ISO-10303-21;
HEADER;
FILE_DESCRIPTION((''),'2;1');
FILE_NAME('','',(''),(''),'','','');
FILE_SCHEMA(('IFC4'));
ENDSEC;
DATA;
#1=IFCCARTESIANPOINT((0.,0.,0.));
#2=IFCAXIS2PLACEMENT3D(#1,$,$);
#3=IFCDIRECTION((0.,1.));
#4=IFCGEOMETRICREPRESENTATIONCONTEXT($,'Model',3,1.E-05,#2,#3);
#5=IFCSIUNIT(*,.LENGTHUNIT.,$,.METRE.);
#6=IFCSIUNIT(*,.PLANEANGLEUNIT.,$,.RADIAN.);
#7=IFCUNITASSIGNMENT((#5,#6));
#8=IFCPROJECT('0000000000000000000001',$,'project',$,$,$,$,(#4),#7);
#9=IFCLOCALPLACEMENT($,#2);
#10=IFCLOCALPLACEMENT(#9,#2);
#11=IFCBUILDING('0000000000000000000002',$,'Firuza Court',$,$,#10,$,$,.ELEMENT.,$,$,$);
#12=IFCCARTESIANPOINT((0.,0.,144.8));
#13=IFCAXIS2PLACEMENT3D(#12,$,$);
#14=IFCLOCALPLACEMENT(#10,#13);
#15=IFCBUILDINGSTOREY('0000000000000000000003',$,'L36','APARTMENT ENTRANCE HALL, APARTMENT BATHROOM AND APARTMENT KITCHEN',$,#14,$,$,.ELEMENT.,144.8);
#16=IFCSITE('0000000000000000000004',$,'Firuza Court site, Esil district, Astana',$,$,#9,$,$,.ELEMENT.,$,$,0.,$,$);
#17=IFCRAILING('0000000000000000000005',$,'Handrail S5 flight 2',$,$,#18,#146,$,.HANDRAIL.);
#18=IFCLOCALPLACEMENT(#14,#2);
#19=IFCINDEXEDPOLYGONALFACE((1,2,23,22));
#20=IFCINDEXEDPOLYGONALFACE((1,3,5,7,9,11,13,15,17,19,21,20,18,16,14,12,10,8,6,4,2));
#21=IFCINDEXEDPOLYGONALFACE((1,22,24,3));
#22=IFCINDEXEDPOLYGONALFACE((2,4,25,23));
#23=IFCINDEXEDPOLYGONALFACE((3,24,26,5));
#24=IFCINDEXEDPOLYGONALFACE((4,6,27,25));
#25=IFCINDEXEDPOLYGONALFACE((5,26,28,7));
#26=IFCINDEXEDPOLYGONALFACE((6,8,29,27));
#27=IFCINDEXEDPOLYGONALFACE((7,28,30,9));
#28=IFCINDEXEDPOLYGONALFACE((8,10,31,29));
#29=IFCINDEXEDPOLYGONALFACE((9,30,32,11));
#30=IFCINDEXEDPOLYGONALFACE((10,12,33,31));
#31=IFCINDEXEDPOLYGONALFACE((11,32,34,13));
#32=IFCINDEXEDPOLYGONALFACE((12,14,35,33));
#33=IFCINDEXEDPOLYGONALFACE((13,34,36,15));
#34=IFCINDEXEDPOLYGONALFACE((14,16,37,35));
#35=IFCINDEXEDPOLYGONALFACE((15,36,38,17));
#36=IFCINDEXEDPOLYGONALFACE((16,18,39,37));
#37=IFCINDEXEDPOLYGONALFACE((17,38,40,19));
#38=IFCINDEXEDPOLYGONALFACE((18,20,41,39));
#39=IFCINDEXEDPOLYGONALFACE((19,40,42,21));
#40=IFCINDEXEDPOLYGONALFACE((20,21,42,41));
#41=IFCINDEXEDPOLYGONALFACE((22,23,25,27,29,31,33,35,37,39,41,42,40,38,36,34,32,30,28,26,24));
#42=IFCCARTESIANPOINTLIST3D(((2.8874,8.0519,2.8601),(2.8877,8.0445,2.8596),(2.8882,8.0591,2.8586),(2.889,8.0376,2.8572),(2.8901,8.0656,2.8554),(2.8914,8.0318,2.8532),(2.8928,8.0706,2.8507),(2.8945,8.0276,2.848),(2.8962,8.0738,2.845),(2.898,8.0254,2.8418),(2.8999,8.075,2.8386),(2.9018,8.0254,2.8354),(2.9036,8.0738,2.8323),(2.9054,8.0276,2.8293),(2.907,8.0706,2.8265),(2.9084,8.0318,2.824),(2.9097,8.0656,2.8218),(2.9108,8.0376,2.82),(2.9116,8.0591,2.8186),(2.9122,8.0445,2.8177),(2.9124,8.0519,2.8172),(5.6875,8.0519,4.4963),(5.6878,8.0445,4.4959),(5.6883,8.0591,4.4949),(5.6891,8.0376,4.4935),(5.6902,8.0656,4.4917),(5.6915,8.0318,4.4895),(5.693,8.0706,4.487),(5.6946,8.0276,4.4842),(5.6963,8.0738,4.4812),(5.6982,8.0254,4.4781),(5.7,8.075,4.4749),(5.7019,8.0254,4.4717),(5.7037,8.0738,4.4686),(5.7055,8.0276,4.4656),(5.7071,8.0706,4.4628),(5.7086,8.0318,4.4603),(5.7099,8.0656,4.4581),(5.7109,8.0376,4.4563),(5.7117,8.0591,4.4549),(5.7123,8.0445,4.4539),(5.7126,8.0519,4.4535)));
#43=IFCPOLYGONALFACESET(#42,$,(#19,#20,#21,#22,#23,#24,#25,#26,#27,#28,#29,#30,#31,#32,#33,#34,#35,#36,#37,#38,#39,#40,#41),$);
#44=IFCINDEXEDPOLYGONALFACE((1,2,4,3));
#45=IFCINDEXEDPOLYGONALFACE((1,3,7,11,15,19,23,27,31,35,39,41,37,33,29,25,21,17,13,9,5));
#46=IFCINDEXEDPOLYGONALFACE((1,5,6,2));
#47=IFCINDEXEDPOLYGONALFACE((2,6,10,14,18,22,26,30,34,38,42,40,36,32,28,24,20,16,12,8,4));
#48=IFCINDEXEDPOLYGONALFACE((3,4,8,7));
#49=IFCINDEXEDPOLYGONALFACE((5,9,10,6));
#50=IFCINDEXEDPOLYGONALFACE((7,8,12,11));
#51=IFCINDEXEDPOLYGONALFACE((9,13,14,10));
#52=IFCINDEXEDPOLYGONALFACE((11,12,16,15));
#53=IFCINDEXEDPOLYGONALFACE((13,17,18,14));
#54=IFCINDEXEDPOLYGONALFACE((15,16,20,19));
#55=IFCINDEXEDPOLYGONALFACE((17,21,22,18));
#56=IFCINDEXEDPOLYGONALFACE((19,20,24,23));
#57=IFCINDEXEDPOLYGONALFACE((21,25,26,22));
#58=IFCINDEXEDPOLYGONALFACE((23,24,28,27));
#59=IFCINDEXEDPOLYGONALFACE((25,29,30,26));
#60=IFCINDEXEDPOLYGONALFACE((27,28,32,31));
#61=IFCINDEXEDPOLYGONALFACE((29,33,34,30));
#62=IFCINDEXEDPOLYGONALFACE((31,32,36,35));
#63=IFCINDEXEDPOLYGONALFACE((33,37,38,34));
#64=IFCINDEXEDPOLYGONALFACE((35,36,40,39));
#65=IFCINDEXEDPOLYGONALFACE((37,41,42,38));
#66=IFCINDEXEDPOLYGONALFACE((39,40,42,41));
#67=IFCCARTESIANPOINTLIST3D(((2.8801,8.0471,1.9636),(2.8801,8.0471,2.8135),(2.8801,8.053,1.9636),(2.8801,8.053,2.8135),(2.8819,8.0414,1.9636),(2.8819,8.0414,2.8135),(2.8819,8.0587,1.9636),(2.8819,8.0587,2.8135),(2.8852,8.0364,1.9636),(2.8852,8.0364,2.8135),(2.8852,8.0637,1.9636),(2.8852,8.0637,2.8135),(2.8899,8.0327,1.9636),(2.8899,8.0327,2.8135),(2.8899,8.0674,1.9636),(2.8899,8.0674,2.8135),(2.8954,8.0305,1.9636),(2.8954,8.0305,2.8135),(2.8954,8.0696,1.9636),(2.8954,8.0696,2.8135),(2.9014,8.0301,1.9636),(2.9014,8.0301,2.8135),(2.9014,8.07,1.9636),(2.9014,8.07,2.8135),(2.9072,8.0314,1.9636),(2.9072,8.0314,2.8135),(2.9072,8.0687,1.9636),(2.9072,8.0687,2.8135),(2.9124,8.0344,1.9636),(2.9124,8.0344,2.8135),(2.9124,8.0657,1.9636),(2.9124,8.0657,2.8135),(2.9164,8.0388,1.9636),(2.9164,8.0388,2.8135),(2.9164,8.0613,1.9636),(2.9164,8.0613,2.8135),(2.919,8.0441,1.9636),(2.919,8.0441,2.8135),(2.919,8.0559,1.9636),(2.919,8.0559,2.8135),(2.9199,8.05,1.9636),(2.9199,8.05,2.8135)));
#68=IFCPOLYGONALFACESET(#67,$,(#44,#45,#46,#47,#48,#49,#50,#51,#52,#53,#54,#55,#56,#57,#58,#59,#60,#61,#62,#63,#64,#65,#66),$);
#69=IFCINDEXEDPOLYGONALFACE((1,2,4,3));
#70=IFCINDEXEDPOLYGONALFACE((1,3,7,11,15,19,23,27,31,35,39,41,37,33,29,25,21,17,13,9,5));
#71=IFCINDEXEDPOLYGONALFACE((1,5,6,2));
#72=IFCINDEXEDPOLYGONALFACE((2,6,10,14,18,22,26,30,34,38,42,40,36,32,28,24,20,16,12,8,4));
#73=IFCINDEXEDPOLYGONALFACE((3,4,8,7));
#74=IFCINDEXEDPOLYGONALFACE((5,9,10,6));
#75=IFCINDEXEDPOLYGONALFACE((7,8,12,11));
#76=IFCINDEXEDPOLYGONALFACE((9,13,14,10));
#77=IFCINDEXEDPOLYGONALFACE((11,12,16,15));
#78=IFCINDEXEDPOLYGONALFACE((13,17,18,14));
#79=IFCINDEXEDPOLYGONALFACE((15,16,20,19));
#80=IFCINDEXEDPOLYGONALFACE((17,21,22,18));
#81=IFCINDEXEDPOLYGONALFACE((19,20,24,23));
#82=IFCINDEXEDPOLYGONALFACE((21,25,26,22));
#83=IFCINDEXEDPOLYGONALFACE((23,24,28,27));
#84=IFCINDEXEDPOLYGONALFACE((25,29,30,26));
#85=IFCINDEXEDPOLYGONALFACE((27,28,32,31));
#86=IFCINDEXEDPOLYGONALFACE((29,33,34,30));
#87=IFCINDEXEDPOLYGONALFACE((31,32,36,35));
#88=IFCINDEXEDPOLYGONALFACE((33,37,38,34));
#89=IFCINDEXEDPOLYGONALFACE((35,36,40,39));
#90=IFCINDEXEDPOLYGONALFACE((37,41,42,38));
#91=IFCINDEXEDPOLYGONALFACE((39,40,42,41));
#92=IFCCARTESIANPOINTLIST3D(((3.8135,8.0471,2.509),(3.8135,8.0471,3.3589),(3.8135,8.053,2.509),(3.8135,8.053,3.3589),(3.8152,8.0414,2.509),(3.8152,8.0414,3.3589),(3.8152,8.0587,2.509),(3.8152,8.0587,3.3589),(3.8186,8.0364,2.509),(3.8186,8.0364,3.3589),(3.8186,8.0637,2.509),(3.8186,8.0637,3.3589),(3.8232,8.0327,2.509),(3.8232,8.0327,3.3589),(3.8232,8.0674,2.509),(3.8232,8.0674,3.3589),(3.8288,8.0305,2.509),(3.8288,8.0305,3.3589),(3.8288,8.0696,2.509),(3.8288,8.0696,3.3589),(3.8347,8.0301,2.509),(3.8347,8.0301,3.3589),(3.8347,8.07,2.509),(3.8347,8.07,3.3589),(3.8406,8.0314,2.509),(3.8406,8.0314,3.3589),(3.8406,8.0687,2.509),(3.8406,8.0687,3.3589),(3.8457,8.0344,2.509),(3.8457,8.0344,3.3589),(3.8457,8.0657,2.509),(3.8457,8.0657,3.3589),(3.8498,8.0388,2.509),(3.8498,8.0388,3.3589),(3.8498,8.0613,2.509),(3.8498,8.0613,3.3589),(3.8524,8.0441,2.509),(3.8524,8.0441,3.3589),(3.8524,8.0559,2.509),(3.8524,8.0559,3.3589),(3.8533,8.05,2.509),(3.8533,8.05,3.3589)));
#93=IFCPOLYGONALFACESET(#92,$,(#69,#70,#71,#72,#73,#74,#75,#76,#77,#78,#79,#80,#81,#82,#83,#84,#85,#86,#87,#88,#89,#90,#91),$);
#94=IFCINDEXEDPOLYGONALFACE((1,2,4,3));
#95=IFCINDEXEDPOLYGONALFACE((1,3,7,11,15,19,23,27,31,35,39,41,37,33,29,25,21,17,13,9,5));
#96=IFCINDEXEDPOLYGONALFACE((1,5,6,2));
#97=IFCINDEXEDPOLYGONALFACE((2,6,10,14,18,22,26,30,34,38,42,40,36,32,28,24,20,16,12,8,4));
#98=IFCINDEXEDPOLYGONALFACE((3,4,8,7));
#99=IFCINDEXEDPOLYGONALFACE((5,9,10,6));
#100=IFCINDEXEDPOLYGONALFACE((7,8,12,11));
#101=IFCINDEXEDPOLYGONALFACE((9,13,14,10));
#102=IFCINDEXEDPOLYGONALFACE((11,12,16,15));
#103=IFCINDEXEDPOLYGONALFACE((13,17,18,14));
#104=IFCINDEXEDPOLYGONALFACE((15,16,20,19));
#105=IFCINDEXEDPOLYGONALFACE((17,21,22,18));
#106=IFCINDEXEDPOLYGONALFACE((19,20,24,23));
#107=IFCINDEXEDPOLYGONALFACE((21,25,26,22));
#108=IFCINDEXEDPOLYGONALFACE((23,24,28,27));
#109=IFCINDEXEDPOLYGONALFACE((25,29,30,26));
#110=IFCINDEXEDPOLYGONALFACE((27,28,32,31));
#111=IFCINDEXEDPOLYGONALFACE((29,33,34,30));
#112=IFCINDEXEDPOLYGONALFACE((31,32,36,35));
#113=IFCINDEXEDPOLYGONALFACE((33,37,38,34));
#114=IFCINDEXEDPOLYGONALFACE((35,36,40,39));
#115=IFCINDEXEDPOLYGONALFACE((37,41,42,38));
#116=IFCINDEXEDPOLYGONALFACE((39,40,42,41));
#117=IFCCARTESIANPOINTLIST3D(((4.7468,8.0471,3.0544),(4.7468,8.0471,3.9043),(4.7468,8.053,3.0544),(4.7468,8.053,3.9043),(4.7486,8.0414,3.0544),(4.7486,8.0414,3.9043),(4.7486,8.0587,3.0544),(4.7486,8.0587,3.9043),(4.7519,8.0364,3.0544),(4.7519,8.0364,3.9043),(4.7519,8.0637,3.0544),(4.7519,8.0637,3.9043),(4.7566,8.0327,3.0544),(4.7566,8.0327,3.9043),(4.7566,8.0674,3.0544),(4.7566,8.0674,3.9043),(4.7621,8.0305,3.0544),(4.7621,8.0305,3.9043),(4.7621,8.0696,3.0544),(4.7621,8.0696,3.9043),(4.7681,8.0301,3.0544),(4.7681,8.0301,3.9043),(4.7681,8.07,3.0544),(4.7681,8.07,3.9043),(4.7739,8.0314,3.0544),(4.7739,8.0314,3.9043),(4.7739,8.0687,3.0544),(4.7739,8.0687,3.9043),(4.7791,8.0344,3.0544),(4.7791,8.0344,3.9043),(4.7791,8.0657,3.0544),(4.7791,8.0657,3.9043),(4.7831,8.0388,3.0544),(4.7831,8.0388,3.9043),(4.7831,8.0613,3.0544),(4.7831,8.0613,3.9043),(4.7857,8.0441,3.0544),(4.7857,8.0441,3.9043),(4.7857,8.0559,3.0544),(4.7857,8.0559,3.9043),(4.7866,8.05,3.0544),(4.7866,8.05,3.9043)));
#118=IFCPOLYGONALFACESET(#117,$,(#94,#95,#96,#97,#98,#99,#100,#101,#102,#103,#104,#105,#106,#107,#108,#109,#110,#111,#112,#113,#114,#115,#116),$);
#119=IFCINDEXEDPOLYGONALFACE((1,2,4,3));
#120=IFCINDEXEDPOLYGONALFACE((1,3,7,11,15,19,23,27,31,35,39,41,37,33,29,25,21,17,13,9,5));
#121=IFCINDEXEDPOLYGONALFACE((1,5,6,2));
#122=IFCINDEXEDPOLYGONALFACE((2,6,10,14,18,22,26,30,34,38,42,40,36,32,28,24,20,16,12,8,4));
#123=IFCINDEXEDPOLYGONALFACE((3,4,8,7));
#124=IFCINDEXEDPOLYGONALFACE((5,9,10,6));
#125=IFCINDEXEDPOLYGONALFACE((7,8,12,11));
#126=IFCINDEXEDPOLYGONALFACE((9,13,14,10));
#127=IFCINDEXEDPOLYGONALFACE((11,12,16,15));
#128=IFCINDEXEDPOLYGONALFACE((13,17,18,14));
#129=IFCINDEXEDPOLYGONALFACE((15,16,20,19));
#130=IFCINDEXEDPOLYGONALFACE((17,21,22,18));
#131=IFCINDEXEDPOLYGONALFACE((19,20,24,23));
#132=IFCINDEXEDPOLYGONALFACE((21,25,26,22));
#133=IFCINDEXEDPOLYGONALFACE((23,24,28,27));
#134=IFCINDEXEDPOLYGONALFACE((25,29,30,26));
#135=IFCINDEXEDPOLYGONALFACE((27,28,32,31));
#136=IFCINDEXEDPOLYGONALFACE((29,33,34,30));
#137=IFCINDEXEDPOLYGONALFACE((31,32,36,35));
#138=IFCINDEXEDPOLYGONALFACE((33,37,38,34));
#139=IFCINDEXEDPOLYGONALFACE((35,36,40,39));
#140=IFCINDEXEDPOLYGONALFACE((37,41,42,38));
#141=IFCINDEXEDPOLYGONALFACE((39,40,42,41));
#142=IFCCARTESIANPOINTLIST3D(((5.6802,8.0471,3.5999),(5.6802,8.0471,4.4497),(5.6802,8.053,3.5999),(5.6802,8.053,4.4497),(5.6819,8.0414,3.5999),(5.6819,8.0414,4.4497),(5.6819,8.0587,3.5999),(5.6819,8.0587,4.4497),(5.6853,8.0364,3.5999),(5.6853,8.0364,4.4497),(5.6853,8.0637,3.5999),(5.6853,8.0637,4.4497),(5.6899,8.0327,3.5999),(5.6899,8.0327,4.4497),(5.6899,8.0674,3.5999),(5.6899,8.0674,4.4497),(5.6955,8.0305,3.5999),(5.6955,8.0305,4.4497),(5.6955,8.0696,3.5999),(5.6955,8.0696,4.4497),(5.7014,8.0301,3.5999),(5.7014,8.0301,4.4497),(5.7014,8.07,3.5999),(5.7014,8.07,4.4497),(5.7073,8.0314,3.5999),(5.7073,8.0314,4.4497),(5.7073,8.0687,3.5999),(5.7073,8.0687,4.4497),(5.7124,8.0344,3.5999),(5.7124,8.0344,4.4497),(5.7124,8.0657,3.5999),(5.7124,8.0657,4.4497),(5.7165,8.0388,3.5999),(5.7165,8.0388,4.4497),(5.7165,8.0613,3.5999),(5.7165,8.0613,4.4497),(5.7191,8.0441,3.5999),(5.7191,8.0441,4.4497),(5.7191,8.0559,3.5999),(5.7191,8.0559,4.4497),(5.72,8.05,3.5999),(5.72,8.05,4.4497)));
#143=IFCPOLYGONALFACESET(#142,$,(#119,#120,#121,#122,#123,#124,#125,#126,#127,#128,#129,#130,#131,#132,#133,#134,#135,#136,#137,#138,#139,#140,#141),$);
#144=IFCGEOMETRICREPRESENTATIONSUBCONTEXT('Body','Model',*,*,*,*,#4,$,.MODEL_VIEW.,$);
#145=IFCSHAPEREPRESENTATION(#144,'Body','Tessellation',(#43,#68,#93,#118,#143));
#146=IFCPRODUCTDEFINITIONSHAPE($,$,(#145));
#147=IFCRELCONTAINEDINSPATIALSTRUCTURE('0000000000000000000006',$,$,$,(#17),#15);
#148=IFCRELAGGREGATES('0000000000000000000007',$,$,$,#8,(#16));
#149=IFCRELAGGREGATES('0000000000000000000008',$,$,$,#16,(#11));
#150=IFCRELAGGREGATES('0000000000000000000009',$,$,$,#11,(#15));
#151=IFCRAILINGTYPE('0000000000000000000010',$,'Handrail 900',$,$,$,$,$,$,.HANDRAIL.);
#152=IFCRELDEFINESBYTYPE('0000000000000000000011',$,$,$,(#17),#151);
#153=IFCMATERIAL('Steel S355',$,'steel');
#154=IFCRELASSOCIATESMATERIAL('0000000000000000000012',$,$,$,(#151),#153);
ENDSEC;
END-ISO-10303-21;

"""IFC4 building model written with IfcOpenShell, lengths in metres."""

from ifc_helpers import new_model, si_unit, direction, frame, origin, origin_2d, place, context, subcontext, project, spatial, circle, extrude, material, type_object, element, save


model = new_model("IFC4")

# Units and contexts
model_context = context("Model", 3, precision=1e-05, world=origin(), true_north=direction((0.0, 1.0)))
body_context = subcontext(model_context, "Body", "Model", "MODEL_VIEW")
ifc_project = project(units=[si_unit("LENGTHUNIT", "METRE"), si_unit("PLANEANGLEUNIT", "RADIAN")], contexts=[model_context])

# Site, building, storey
site_placement = place(None, origin())
site = spatial("IfcSite", under=ifc_project, at=site_placement, Name="Firuza Court site, Esil district, Astana", CompositionType="ELEMENT", RefElevation=0.0)
building_placement = place(site_placement, origin())
building = spatial("IfcBuilding", under=site, at=building_placement, Name="Firuza Court", CompositionType="ELEMENT")
storey_placement = place(building_placement, frame((0.0, 0.0, 144.8)))
storey = spatial("IfcBuildingStorey", under=building, at=storey_placement, Name="L36", Description="APARTMENT ENTRANCE HALL, APARTMENT BATHROOM AND APARTMENT KITCHEN", CompositionType="ELEMENT", Elevation=144.8)

# Railing
ifc_material_1 = material(Name="Steel S355", Category="steel")
railing_type_1 = type_object("IfcRailingType", Name="Handrail 900", PredefinedType="HANDRAIL", material=ifc_material_1)
railing_1_placement = place(storey_placement, frame((2.8999, 8.05, 1.9636)))
element("IfcRailing", 1, at=railing_1_placement, inside=storey, type_object=railing_type_1, Name="Handrail S5 flight 2", PredefinedType="HANDRAIL", context=body_context, shape_type="SweptSolid", body=[
    extrude(circle(Radius=0.0249, at=origin_2d()), frame((0.0, 0.0, 0.875), z_axis=(0.863394, 0.0, 0.504531), x_axis=(0.0, 1.0, 0.0)), (0.0, 0.0, 1.0), 3.2432),
    extrude(circle(Radius=0.02, at=origin_2d()), origin(), (0.0, 0.0, 1.0), 0.8499),
    extrude(circle(Radius=0.02, at=origin_2d()), frame((0.9333, 0.0, 0.5454)), (0.0, 0.0, 1.0), 0.8499),
    extrude(circle(Radius=0.02, at=origin_2d()), frame((1.8667, 0.0, 1.0908)), (0.0, 0.0, 1.0), 0.8499),
    extrude(circle(Radius=0.02, at=origin_2d()), frame((2.8, 0.0, 1.6362)), (0.0, 0.0, 1.0), 0.8499),
])

save(model, "model.ifc")
